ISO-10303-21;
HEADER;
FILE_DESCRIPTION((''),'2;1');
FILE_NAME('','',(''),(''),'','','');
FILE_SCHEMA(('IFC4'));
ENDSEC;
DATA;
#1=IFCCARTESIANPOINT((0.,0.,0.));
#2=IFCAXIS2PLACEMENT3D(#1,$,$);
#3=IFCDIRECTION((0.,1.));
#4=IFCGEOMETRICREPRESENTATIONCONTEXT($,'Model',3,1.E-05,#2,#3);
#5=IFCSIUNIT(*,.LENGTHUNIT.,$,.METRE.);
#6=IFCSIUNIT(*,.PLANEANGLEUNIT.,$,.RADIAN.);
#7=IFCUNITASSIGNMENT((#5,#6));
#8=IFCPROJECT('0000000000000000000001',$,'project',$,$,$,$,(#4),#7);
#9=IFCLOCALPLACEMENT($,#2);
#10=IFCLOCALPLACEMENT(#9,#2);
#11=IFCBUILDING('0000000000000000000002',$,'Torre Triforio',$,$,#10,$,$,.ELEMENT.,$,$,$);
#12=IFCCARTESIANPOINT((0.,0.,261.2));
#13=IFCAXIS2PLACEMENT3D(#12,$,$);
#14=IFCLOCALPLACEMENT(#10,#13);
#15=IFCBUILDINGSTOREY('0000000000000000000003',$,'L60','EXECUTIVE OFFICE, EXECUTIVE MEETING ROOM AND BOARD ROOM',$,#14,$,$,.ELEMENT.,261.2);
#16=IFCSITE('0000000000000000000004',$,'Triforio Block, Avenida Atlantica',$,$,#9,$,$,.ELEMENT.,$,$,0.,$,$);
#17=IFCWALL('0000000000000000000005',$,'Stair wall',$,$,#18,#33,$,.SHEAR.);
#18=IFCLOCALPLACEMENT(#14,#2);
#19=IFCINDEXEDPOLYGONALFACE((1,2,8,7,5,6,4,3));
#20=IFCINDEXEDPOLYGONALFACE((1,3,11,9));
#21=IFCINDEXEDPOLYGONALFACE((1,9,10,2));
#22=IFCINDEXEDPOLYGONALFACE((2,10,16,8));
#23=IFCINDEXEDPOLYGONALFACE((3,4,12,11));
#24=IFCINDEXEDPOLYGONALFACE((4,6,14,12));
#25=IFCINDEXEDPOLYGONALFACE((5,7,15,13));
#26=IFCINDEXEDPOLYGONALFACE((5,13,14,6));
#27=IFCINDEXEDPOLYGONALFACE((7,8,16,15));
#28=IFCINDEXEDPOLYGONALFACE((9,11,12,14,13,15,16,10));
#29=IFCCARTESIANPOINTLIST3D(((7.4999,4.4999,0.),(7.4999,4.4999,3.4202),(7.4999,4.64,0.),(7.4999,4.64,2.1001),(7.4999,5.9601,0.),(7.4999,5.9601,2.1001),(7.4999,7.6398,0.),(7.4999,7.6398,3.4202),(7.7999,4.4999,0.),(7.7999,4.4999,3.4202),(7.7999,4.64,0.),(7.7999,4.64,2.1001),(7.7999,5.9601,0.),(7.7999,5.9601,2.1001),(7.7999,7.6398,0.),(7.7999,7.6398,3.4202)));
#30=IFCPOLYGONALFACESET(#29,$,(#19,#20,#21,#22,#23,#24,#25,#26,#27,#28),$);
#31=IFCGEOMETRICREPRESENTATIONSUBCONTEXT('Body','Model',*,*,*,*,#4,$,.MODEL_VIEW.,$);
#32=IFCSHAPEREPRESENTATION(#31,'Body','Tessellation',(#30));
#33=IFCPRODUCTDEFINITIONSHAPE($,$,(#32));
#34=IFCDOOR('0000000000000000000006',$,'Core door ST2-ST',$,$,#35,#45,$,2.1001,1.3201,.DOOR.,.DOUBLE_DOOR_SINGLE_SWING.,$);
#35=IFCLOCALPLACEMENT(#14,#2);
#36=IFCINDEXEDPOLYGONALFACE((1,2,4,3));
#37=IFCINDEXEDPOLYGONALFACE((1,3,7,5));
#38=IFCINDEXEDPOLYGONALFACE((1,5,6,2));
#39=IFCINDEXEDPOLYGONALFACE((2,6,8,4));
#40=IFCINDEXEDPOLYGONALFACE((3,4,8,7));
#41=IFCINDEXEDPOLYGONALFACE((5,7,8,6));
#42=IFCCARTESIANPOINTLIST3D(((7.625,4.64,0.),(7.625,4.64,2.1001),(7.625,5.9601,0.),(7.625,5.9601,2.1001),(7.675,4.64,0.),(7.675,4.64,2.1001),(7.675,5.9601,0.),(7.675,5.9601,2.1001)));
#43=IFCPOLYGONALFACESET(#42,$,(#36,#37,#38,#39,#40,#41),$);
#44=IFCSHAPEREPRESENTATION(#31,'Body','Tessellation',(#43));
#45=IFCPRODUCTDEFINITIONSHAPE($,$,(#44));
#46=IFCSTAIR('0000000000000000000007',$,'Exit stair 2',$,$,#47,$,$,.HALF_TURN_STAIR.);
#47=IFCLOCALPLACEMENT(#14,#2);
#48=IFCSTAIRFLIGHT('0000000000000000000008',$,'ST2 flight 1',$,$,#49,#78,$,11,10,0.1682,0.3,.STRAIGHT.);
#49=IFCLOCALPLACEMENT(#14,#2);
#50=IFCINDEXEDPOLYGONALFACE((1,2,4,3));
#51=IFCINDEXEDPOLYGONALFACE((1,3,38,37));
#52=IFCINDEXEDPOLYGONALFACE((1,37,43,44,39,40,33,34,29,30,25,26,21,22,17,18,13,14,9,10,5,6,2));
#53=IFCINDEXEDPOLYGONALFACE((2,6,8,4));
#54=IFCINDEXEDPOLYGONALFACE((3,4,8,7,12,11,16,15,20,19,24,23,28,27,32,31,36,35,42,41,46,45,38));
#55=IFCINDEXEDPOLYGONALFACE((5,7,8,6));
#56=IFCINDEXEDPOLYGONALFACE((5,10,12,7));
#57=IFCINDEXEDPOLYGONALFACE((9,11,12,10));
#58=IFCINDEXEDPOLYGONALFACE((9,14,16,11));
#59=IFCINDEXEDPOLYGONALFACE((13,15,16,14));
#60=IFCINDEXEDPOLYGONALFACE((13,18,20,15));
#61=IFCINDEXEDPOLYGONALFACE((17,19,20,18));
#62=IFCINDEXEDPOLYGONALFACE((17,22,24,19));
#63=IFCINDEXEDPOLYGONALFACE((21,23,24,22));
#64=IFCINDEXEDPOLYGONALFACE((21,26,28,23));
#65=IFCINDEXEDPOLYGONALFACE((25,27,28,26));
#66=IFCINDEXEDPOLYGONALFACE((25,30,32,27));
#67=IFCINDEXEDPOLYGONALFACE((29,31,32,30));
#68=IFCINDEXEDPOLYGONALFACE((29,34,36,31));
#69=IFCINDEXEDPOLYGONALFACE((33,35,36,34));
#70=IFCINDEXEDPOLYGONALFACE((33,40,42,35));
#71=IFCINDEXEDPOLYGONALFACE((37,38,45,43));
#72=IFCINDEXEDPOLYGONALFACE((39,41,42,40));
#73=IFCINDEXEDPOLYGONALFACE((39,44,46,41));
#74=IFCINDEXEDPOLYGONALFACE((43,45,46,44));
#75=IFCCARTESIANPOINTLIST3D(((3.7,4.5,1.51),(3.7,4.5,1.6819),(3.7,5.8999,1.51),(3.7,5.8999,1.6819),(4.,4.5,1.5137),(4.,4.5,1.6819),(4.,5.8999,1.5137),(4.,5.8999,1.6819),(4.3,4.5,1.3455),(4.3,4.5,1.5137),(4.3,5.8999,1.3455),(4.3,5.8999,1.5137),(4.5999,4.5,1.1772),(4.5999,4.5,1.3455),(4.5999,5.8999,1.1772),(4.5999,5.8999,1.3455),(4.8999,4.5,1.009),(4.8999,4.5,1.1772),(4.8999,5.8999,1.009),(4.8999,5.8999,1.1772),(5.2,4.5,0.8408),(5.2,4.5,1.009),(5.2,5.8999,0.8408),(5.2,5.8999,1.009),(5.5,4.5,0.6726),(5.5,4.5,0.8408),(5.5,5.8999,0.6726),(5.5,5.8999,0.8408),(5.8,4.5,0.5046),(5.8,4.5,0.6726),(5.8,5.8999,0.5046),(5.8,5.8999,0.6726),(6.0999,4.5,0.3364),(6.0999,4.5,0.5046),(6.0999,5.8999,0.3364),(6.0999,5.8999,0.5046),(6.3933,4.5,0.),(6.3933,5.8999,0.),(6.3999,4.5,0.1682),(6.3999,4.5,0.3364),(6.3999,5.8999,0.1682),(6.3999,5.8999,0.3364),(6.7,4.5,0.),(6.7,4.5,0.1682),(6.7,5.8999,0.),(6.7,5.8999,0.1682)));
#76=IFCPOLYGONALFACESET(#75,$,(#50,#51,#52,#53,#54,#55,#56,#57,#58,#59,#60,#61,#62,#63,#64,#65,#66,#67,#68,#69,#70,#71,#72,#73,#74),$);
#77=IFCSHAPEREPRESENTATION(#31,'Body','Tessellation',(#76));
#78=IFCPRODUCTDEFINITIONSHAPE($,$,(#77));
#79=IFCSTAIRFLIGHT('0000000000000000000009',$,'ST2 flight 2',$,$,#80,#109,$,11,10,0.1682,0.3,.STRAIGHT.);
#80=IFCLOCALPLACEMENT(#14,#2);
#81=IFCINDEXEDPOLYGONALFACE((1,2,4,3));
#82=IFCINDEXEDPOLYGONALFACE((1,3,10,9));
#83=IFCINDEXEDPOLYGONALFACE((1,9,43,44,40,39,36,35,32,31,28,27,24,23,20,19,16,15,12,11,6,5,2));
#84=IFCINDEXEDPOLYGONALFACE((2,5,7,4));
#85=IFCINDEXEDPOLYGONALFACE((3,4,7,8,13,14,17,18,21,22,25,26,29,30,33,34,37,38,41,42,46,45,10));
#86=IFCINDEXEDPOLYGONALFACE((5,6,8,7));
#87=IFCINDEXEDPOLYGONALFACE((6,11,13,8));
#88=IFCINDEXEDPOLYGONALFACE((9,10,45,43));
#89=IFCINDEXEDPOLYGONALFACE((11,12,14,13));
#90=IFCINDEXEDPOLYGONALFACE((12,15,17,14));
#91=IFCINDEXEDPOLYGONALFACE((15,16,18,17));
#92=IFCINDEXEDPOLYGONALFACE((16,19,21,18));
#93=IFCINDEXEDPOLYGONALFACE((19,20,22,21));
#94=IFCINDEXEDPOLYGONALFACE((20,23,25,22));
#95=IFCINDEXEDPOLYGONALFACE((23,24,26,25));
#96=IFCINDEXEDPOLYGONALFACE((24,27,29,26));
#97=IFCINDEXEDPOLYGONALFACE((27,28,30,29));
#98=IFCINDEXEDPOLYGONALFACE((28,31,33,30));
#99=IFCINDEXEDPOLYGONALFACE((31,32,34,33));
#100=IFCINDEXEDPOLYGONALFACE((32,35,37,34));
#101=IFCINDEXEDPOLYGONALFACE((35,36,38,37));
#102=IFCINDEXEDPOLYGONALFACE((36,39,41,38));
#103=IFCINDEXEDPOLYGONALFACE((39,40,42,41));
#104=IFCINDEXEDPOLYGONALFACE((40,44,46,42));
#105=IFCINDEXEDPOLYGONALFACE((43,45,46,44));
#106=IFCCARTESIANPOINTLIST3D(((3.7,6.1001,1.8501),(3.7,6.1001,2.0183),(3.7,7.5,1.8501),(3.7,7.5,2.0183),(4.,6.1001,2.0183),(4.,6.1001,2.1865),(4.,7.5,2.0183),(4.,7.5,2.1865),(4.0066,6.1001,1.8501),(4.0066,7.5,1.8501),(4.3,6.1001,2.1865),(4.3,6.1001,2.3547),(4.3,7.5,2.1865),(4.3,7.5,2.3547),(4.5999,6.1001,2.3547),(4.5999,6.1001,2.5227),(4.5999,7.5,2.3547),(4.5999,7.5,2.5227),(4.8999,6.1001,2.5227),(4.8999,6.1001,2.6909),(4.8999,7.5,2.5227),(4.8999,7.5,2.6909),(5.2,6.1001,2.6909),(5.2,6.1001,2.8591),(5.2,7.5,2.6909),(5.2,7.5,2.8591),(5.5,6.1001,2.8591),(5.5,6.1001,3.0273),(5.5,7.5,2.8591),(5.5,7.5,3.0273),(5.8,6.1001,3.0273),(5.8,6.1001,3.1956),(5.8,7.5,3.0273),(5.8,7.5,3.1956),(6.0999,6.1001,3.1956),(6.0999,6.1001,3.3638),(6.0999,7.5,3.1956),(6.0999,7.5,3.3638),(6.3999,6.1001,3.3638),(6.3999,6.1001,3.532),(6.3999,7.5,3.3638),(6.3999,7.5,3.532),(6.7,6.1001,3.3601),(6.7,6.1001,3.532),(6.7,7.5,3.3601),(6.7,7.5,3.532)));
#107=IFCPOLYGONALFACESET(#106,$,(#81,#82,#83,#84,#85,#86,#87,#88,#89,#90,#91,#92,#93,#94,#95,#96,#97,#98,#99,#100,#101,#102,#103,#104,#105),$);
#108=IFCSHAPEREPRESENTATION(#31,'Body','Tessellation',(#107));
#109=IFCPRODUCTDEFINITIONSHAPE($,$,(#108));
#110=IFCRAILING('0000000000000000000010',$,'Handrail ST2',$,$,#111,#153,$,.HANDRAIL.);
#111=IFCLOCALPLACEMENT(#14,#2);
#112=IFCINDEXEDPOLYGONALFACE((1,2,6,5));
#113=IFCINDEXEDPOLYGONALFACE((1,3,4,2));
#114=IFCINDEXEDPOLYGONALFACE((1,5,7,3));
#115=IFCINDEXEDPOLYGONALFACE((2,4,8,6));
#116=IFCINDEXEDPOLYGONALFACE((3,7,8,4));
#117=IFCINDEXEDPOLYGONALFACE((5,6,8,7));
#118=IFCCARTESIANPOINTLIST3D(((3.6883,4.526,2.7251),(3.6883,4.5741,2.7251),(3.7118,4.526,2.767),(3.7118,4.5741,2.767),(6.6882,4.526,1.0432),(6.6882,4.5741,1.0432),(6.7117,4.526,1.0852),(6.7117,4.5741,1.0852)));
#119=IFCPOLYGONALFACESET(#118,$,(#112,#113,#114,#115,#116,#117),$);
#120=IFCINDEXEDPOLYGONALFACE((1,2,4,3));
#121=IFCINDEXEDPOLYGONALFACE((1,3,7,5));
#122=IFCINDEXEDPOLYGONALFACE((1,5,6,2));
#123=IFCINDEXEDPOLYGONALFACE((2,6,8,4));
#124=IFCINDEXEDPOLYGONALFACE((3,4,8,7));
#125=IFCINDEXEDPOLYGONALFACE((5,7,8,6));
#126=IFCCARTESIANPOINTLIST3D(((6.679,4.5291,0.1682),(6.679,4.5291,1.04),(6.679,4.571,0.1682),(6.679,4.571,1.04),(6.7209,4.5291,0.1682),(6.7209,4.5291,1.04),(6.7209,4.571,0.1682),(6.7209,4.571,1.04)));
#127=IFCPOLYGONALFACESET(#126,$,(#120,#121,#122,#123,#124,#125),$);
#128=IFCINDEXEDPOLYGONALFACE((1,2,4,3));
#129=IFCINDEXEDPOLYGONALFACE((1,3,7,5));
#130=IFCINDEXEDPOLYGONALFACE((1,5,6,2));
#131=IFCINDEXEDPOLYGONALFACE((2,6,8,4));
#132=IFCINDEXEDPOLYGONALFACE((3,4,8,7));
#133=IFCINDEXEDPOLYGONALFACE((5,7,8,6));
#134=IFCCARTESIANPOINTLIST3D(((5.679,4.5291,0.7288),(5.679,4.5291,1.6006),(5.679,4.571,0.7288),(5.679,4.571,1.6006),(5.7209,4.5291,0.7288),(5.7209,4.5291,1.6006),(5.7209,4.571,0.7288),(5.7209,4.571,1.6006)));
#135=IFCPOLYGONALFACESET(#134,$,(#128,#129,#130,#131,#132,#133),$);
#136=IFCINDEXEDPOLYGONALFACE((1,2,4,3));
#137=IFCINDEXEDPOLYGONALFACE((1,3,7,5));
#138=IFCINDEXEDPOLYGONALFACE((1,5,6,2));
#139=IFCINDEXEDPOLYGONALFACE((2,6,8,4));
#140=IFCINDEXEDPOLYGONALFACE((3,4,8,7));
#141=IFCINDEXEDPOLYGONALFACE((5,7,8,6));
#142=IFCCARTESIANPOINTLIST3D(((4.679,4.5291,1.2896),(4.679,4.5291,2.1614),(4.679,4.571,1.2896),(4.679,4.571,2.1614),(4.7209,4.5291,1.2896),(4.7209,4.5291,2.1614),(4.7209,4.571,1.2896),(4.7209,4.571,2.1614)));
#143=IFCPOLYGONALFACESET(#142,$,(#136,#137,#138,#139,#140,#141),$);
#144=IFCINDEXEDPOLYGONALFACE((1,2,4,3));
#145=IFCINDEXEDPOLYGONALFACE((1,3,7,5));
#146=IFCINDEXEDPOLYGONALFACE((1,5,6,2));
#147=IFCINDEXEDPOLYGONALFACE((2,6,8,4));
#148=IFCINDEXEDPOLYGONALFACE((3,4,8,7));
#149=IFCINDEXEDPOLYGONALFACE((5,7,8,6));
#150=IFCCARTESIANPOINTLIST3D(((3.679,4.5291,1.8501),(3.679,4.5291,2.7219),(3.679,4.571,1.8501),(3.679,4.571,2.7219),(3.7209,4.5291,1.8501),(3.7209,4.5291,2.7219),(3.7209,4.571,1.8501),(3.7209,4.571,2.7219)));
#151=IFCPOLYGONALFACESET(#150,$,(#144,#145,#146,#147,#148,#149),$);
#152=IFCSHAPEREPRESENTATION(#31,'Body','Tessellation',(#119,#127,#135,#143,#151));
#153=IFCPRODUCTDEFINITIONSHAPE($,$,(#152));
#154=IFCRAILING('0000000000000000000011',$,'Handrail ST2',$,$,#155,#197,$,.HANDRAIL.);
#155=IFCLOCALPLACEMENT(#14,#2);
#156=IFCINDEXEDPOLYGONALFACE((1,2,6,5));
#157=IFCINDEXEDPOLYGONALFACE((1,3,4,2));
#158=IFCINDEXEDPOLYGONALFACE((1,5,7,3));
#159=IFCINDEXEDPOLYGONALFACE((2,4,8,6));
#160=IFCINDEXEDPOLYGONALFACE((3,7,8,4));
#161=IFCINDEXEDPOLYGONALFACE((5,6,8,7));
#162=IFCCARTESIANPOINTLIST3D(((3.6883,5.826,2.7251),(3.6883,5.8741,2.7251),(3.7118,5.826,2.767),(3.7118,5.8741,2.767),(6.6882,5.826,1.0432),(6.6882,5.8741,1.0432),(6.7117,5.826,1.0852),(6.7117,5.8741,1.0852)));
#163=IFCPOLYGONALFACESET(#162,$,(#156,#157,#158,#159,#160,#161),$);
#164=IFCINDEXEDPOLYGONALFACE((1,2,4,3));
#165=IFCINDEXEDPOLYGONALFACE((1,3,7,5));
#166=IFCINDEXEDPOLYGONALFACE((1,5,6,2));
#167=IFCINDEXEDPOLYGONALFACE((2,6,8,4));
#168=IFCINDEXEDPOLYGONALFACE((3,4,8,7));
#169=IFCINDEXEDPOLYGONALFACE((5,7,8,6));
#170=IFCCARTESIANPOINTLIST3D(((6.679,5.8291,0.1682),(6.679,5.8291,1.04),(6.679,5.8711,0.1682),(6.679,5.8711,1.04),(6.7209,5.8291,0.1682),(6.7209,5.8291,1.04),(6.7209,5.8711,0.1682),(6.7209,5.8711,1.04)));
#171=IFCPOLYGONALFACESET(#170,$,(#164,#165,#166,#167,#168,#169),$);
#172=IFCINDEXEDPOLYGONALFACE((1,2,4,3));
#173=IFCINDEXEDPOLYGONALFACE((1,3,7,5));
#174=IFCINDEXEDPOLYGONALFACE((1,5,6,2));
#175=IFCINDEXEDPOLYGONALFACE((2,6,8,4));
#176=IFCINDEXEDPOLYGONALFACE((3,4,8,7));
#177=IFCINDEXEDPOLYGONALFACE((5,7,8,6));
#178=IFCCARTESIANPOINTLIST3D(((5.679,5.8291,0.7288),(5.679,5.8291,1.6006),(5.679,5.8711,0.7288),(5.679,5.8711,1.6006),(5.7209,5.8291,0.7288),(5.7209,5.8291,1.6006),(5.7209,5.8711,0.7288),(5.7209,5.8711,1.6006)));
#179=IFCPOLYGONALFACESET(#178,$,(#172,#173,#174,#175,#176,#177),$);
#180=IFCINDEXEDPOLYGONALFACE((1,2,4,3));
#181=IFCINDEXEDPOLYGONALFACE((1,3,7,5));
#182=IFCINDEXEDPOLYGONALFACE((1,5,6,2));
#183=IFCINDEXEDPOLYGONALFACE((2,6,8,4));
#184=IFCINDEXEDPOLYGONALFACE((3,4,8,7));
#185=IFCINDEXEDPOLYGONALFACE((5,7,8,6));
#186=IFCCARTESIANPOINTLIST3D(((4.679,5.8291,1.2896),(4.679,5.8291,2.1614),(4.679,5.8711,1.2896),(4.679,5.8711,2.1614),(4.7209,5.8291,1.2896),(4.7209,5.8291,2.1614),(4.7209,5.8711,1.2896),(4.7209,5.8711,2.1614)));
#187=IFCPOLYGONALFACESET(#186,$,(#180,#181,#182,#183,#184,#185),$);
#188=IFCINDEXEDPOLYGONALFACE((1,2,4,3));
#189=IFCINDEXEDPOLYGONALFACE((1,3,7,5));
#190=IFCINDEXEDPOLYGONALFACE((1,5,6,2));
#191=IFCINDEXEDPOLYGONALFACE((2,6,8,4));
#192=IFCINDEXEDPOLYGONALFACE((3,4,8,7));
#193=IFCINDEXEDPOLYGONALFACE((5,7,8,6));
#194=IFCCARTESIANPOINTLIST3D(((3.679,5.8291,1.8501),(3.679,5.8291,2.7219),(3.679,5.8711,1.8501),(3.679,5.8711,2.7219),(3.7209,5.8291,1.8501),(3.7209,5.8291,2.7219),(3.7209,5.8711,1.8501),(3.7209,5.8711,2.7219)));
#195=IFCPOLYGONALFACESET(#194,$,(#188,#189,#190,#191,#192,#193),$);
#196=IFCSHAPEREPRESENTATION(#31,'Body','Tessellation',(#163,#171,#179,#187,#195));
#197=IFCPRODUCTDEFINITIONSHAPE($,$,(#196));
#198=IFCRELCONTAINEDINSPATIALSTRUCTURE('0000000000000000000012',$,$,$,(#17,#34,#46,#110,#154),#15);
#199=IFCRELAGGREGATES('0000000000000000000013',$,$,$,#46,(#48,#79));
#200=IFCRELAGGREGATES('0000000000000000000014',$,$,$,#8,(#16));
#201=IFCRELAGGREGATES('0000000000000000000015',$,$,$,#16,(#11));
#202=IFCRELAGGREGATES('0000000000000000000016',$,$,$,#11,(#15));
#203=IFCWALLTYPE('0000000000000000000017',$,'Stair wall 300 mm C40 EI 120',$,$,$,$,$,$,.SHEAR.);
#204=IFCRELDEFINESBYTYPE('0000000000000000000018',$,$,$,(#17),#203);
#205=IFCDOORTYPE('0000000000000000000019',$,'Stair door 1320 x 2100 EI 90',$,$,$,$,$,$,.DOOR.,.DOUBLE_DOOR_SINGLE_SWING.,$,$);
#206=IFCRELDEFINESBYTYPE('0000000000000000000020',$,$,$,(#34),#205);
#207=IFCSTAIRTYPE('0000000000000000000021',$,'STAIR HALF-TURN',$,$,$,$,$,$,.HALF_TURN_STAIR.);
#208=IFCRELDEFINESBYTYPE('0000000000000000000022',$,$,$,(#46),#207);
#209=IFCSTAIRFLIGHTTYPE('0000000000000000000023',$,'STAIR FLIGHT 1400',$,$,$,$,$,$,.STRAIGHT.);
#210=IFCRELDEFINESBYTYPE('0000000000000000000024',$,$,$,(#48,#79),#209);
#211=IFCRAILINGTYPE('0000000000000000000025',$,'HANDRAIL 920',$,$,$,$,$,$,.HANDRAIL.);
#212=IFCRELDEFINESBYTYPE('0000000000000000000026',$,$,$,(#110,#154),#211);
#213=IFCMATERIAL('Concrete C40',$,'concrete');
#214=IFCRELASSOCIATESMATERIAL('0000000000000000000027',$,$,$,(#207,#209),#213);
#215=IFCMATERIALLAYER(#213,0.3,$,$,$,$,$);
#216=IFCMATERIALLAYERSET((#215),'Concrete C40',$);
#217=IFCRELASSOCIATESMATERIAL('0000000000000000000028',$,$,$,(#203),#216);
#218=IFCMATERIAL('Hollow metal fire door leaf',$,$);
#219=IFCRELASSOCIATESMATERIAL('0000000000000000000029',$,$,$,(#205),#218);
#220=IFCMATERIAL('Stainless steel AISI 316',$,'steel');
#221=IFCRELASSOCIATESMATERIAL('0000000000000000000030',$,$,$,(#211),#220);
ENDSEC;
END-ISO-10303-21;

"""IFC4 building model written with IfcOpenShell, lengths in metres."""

from ifc_helpers import new_model, si_unit, direction, frame, frame_2d, origin, origin_2d, place, context, subcontext, project, spatial, polyline, rectangle, outline, extrude, material, layer, layer_set, type_object, element, fill, aggregate, save


model = new_model("IFC4")

# Units and contexts
model_context = context("Model", 3, precision=1e-05, world=origin(), true_north=direction((0.0, 1.0)))
body_context = subcontext(model_context, "Body", "Model", "MODEL_VIEW")
ifc_project = project(units=[si_unit("LENGTHUNIT", "METRE"), si_unit("PLANEANGLEUNIT", "RADIAN")], contexts=[model_context])

# Site, building, storey
site_placement = place(None, origin())
site = spatial("IfcSite", under=ifc_project, at=site_placement, Name="Triforio Block, Avenida Atlantica", CompositionType="ELEMENT", RefElevation=0.0)
building_placement = place(site_placement, origin())
building = spatial("IfcBuilding", under=site, at=building_placement, Name="Torre Triforio", CompositionType="ELEMENT")
storey_placement = place(building_placement, frame((0.0, 0.0, 261.2)))
storey = spatial("IfcBuildingStorey", under=building, at=storey_placement, Name="L60", Description="EXECUTIVE OFFICE, EXECUTIVE MEETING ROOM AND BOARD ROOM", CompositionType="ELEMENT", Elevation=261.2)

# Shared definitions
ifc_material_1 = material(Name="Concrete C40", Category="concrete")
stair_type = type_object("IfcStairType", Name="STAIR HALF-TURN", PredefinedType="HALF_TURN_STAIR", material=ifc_material_1)

# Shared definitions
ifc_material_2 = material(Name="Hollow metal fire door leaf")

# Wall, opening, door
ifc_layer_1 = layer(ifc_material_1, 0.3)
ifc_layer_set_1 = layer_set([ifc_layer_1], Name="Concrete C40")
wall_type_1 = type_object("IfcWallType", Name="Stair wall 300 mm C40 EI 120", PredefinedType="SHEAR", material=ifc_layer_set_1)
wall_1_placement = place(storey_placement, frame((7.6499, 4.5, 0.0), z_axis=(0.0, 0.0, 1.0), x_axis=(0.0, 1.0, 0.0)))
wall_1 = element("IfcWall", 1, at=wall_1_placement, inside=storey, type_object=wall_type_1, Name="Stair wall", PredefinedType="SHEAR", context=body_context, shape_type="SweptSolid", body=[
    extrude(rectangle(XDim=3.1399, YDim=0.3, at=frame_2d((1.5698, 0.0))), origin(), (0.0, 0.0, 1.0), 3.4202),
])
opening_1_placement = place(wall_1_placement, frame((0.1399, 0.0, 0.0)))
opening_1 = element("IfcOpeningElement", 2, at=opening_1_placement, cuts=wall_1, PredefinedType="OPENING", context=body_context, shape_type="SweptSolid", body=[
    extrude(rectangle(XDim=1.3201, YDim=2.1001, at=frame_2d((0.6602, 1.05))), frame((0.0, 0.1599, 0.0), z_axis=(0.0, -1.0, 0.0), x_axis=(1.0, 0.0, 0.0)), (0.0, 0.0, 1.0), 0.3201),
])
door_type_1 = type_object("IfcDoorType", Name="Stair door 1320 x 2100 EI 90", OperationType="DOUBLE_DOOR_SINGLE_SWING", PredefinedType="DOOR", material=ifc_material_2)
door_1_placement = place(opening_1_placement, origin())
door_1 = element("IfcDoor", 3, at=door_1_placement, inside=storey, type_object=door_type_1, Name="Core door ST2-ST", OperationType="DOUBLE_DOOR_SINGLE_SWING", OverallHeight=2.1001, OverallWidth=1.3201, PredefinedType="DOOR", context=body_context, shape_type="SweptSolid", body=[
    extrude(rectangle(XDim=1.3201, YDim=2.1001, at=frame_2d((0.6602, 1.05))), frame((0.0, 0.0249, 0.0), z_axis=(0.0, -1.0, 0.0), x_axis=(1.0, 0.0, 0.0)), (0.0, 0.0, 1.0), 0.05),
])
fill(opening_1, door_1)

# Stair, stair flights
stair_1_placement = place(storey_placement, origin())
stair_1 = element("IfcStair", 4, at=stair_1_placement, inside=storey, type_object=stair_type, Name="Exit stair 2", PredefinedType="HALF_TURN_STAIR")
stair_flight_type = type_object("IfcStairFlightType", Name="STAIR FLIGHT 1400", PredefinedType="STRAIGHT", material=ifc_material_1)
stair_flight_1_placement = place(storey_placement, frame((6.7, 5.2, 0.0), z_axis=(0.0, 0.0, 1.0), x_axis=(-1.0, 0.0, 0.0)))
stair_flight_1 = element("IfcStairFlight", 5, at=stair_flight_1_placement, type_object=stair_flight_type, Name="ST2 flight 1", NumberOfRisers=11, NumberOfTreads=10, PredefinedType="STRAIGHT", RiserHeight=0.1682, TreadLength=0.3, context=body_context, shape_type="SweptSolid", body=[
    extrude(outline(polyline([(0.0, 0.0), (0.0, 0.1682), (0.3, 0.1682), (0.3, 0.3364), (0.6001, 0.3364), (0.6001, 0.5046), (0.8999, 0.5046), (0.8999, 0.6726), (1.2, 0.6726), (1.2, 0.8408), (1.5, 0.8408), (1.5, 1.009), (1.8, 1.009), (1.8, 1.1772), (2.1001, 1.1772), (2.1001, 1.3455), (2.3999, 1.3455), (2.3999, 1.5137), (2.7, 1.5137), (2.7, 1.6819), (3.0, 1.6819), (3.0, 1.8501), (3.0, 1.51), (0.3066, 0.0), (0.0, 0.0)])), frame((0.0, 0.7, 0.0), z_axis=(0.0, -1.0, 0.0), x_axis=(1.0, 0.0, 0.0)), (0.0, 0.0, 1.0), 1.3999),
])
stair_flight_2_placement = place(storey_placement, frame((3.7, 6.8, 1.8501), z_axis=(0.0, 0.0, 1.0), x_axis=(1.0, 0.0, 0.0)))
stair_flight_2 = element("IfcStairFlight", 6, at=stair_flight_2_placement, type_object=stair_flight_type, Name="ST2 flight 2", NumberOfRisers=11, NumberOfTreads=10, PredefinedType="STRAIGHT", RiserHeight=0.1682, TreadLength=0.3, context=body_context, shape_type="SweptSolid", body=[
    extrude(outline(polyline([(0.0, 0.0), (0.0, 0.1682), (0.3, 0.1682), (0.3, 0.3364), (0.6001, 0.3364), (0.6001, 0.5046), (0.8999, 0.5046), (0.8999, 0.6726), (1.2, 0.6726), (1.2, 0.8408), (1.5, 0.8408), (1.5, 1.009), (1.8, 1.009), (1.8, 1.1772), (2.1001, 1.1772), (2.1001, 1.3455), (2.3999, 1.3455), (2.3999, 1.5137), (2.7, 1.5137), (2.7, 1.6819), (3.0, 1.6819), (3.0, 1.8501), (3.0, 1.51), (0.3066, 0.0), (0.0, 0.0)])), frame((0.0, 0.7, 0.0), z_axis=(0.0, -1.0, 0.0), x_axis=(1.0, 0.0, 0.0)), (0.0, 0.0, 1.0), 1.3999),
])
aggregate(stair_1, [stair_flight_1, stair_flight_2])

# Railings
ifc_material_3 = material(Name="Stainless steel AISI 316", Category="steel")
railing_type = type_object("IfcRailingType", Name="HANDRAIL 920", PredefinedType="HANDRAIL", material=ifc_material_3)
for number, where, name in (
    (7, (6.7, 4.55, 0.1682), "Handrail ST2"),
    (8, (6.7, 5.8501, 0.1682), "Handrail ST2"),
):
    element("IfcRailing", number, at=place(storey_placement, frame(where)), inside=storey, type_object=railing_type, Name=name, PredefinedType="HANDRAIL", context=body_context, shape_type="SweptSolid", body=[
        extrude(rectangle(XDim=0.0481, YDim=0.0481, at=origin_2d()), frame((0.0, 0.0, 0.896), z_axis=(-0.872272, 0.0, 0.48902), x_axis=(0.0, -1.0, 0.0)), (0.0, 0.0, 1.0), 3.4392),
        extrude(rectangle(XDim=0.042, YDim=0.042, at=origin_2d()), origin(), (0.0, 0.0, 1.0), 0.8718),
        extrude(rectangle(XDim=0.042, YDim=0.042, at=origin_2d()), frame((-1.0, 0.0, 0.5605)), (0.0, 0.0, 1.0), 0.8718),
        extrude(rectangle(XDim=0.042, YDim=0.042, at=origin_2d()), frame((-2.0, 0.0, 1.1213)), (0.0, 0.0, 1.0), 0.8718),
        extrude(rectangle(XDim=0.042, YDim=0.042, at=origin_2d()), frame((-3.0, 0.0, 1.6819)), (0.0, 0.0, 1.0), 0.8718),
    ])

save(model, "model.ifc")
